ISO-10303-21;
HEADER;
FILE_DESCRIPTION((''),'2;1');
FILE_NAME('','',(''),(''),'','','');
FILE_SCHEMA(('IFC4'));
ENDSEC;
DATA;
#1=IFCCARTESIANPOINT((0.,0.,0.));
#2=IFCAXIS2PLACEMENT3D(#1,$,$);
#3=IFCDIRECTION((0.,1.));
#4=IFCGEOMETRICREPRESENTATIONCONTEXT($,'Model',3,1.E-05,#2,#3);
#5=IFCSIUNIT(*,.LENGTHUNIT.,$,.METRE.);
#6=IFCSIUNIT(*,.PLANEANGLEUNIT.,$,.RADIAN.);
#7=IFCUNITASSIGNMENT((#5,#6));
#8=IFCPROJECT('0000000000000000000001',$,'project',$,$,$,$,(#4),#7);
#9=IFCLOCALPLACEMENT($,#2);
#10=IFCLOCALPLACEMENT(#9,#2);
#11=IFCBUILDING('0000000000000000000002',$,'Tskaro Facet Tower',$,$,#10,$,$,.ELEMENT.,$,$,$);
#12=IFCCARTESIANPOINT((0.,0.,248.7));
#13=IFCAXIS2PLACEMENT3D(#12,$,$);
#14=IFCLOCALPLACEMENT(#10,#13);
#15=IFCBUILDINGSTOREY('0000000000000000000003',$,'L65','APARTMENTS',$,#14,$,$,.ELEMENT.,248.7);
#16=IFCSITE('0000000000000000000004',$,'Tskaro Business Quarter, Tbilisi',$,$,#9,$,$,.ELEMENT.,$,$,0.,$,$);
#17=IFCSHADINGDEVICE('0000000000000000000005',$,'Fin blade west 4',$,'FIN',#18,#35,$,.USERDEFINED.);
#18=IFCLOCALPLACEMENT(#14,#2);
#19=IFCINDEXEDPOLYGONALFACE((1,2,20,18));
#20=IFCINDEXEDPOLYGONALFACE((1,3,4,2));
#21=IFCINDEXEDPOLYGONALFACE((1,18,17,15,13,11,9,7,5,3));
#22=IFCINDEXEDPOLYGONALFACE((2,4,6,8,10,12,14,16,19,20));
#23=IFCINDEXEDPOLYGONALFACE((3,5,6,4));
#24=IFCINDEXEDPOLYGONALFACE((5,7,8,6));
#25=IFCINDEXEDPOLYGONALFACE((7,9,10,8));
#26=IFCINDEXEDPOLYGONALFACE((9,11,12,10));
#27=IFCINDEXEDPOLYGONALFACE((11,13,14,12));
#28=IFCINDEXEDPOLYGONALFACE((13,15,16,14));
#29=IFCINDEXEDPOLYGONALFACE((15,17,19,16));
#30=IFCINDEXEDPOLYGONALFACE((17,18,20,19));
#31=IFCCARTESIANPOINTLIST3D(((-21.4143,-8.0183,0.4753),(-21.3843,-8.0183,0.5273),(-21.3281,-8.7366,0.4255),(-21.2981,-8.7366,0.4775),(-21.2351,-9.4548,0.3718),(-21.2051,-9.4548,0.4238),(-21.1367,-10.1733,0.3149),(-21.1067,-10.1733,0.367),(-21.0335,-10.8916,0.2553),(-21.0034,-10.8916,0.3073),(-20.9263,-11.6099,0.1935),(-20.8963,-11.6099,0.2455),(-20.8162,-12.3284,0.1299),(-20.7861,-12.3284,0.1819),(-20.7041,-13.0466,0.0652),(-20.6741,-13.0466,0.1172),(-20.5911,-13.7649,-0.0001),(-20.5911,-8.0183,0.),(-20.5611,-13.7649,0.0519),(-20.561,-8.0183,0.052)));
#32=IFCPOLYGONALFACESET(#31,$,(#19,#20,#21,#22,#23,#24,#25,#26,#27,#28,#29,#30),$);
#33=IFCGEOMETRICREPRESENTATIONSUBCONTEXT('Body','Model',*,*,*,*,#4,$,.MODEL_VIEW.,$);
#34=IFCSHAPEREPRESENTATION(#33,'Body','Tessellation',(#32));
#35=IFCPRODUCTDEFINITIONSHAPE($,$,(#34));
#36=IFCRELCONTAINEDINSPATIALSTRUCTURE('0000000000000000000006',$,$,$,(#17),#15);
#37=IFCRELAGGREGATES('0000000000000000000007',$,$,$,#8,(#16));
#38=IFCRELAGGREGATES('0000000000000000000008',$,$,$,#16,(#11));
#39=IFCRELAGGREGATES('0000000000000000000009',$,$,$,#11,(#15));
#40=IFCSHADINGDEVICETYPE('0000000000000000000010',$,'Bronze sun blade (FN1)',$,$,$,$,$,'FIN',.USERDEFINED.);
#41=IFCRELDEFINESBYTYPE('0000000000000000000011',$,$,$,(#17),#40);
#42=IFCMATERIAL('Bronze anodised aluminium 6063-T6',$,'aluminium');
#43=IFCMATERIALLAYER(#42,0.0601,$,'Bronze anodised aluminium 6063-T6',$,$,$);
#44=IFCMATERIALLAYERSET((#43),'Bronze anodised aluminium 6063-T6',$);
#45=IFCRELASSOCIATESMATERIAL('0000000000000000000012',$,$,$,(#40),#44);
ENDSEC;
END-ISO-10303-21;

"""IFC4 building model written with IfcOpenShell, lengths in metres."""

from ifc_helpers import new_model, si_unit, direction, frame, origin, place, context, subcontext, project, spatial, polyline, outline, extrude, material, layer, layer_set, type_object, element, save


model = new_model("IFC4")

# Units and contexts
model_context = context("Model", 3, precision=1e-05, world=origin(), true_north=direction((0.0, 1.0)))
body_context = subcontext(model_context, "Body", "Model", "MODEL_VIEW")
ifc_project = project(units=[si_unit("LENGTHUNIT", "METRE"), si_unit("PLANEANGLEUNIT", "RADIAN")], contexts=[model_context])

# Site, building, storey
site_placement = place(None, origin())
site = spatial("IfcSite", under=ifc_project, at=site_placement, Name="Tskaro Business Quarter, Tbilisi", CompositionType="ELEMENT", RefElevation=0.0)
building_placement = place(site_placement, origin())
building = spatial("IfcBuilding", under=site, at=building_placement, Name="Tskaro Facet Tower", CompositionType="ELEMENT")
storey_placement = place(building_placement, frame((0.0, 0.0, 248.7)))
storey = spatial("IfcBuildingStorey", under=building, at=storey_placement, Name="L65", Description="APARTMENTS", CompositionType="ELEMENT", Elevation=248.7)

# Shared definitions
ifc_material_1 = material(Name="Bronze anodised aluminium 6063-T6", Category="aluminium")

# Shading device
ifc_layer_1 = layer(ifc_material_1, 0.0601, Name="Bronze anodised aluminium 6063-T6")
ifc_layer_set_1 = layer_set([ifc_layer_1], Name="Bronze anodised aluminium 6063-T6")
shading_device_type = type_object("IfcShadingDeviceType", Name="Bronze sun blade (FN1)", ElementType="FIN", PredefinedType="USERDEFINED", material=ifc_layer_set_1)
shading_device_1_placement = place(storey_placement, frame((-20.561, -8.0183, 0.052), z_axis=(0.499961, -0.000014, 0.866048), x_axis=(-0.000007, -1.0, -0.000012)))
element("IfcShadingDevice", 1, at=shading_device_1_placement, inside=storey, type_object=shading_device_type, Name="Fin blade west 4", ObjectType="FIN", PredefinedType="USERDEFINED", context=body_context, shape_type="SweptSolid", body=[
    extrude(outline(polyline([(0.0, 0.0), (5.7466, 0.0), (5.0283, -0.1305), (4.3101, -0.2599), (3.5916, -0.3871), (2.8733, -0.5108), (2.155, -0.63), (1.4365, -0.7437), (0.7183, -0.8511), (0.0, -0.9506), (0.0, 0.0)])), origin(), (0.0, 0.0, -1.0), 0.0601),
])

save(model, "model.ifc")
